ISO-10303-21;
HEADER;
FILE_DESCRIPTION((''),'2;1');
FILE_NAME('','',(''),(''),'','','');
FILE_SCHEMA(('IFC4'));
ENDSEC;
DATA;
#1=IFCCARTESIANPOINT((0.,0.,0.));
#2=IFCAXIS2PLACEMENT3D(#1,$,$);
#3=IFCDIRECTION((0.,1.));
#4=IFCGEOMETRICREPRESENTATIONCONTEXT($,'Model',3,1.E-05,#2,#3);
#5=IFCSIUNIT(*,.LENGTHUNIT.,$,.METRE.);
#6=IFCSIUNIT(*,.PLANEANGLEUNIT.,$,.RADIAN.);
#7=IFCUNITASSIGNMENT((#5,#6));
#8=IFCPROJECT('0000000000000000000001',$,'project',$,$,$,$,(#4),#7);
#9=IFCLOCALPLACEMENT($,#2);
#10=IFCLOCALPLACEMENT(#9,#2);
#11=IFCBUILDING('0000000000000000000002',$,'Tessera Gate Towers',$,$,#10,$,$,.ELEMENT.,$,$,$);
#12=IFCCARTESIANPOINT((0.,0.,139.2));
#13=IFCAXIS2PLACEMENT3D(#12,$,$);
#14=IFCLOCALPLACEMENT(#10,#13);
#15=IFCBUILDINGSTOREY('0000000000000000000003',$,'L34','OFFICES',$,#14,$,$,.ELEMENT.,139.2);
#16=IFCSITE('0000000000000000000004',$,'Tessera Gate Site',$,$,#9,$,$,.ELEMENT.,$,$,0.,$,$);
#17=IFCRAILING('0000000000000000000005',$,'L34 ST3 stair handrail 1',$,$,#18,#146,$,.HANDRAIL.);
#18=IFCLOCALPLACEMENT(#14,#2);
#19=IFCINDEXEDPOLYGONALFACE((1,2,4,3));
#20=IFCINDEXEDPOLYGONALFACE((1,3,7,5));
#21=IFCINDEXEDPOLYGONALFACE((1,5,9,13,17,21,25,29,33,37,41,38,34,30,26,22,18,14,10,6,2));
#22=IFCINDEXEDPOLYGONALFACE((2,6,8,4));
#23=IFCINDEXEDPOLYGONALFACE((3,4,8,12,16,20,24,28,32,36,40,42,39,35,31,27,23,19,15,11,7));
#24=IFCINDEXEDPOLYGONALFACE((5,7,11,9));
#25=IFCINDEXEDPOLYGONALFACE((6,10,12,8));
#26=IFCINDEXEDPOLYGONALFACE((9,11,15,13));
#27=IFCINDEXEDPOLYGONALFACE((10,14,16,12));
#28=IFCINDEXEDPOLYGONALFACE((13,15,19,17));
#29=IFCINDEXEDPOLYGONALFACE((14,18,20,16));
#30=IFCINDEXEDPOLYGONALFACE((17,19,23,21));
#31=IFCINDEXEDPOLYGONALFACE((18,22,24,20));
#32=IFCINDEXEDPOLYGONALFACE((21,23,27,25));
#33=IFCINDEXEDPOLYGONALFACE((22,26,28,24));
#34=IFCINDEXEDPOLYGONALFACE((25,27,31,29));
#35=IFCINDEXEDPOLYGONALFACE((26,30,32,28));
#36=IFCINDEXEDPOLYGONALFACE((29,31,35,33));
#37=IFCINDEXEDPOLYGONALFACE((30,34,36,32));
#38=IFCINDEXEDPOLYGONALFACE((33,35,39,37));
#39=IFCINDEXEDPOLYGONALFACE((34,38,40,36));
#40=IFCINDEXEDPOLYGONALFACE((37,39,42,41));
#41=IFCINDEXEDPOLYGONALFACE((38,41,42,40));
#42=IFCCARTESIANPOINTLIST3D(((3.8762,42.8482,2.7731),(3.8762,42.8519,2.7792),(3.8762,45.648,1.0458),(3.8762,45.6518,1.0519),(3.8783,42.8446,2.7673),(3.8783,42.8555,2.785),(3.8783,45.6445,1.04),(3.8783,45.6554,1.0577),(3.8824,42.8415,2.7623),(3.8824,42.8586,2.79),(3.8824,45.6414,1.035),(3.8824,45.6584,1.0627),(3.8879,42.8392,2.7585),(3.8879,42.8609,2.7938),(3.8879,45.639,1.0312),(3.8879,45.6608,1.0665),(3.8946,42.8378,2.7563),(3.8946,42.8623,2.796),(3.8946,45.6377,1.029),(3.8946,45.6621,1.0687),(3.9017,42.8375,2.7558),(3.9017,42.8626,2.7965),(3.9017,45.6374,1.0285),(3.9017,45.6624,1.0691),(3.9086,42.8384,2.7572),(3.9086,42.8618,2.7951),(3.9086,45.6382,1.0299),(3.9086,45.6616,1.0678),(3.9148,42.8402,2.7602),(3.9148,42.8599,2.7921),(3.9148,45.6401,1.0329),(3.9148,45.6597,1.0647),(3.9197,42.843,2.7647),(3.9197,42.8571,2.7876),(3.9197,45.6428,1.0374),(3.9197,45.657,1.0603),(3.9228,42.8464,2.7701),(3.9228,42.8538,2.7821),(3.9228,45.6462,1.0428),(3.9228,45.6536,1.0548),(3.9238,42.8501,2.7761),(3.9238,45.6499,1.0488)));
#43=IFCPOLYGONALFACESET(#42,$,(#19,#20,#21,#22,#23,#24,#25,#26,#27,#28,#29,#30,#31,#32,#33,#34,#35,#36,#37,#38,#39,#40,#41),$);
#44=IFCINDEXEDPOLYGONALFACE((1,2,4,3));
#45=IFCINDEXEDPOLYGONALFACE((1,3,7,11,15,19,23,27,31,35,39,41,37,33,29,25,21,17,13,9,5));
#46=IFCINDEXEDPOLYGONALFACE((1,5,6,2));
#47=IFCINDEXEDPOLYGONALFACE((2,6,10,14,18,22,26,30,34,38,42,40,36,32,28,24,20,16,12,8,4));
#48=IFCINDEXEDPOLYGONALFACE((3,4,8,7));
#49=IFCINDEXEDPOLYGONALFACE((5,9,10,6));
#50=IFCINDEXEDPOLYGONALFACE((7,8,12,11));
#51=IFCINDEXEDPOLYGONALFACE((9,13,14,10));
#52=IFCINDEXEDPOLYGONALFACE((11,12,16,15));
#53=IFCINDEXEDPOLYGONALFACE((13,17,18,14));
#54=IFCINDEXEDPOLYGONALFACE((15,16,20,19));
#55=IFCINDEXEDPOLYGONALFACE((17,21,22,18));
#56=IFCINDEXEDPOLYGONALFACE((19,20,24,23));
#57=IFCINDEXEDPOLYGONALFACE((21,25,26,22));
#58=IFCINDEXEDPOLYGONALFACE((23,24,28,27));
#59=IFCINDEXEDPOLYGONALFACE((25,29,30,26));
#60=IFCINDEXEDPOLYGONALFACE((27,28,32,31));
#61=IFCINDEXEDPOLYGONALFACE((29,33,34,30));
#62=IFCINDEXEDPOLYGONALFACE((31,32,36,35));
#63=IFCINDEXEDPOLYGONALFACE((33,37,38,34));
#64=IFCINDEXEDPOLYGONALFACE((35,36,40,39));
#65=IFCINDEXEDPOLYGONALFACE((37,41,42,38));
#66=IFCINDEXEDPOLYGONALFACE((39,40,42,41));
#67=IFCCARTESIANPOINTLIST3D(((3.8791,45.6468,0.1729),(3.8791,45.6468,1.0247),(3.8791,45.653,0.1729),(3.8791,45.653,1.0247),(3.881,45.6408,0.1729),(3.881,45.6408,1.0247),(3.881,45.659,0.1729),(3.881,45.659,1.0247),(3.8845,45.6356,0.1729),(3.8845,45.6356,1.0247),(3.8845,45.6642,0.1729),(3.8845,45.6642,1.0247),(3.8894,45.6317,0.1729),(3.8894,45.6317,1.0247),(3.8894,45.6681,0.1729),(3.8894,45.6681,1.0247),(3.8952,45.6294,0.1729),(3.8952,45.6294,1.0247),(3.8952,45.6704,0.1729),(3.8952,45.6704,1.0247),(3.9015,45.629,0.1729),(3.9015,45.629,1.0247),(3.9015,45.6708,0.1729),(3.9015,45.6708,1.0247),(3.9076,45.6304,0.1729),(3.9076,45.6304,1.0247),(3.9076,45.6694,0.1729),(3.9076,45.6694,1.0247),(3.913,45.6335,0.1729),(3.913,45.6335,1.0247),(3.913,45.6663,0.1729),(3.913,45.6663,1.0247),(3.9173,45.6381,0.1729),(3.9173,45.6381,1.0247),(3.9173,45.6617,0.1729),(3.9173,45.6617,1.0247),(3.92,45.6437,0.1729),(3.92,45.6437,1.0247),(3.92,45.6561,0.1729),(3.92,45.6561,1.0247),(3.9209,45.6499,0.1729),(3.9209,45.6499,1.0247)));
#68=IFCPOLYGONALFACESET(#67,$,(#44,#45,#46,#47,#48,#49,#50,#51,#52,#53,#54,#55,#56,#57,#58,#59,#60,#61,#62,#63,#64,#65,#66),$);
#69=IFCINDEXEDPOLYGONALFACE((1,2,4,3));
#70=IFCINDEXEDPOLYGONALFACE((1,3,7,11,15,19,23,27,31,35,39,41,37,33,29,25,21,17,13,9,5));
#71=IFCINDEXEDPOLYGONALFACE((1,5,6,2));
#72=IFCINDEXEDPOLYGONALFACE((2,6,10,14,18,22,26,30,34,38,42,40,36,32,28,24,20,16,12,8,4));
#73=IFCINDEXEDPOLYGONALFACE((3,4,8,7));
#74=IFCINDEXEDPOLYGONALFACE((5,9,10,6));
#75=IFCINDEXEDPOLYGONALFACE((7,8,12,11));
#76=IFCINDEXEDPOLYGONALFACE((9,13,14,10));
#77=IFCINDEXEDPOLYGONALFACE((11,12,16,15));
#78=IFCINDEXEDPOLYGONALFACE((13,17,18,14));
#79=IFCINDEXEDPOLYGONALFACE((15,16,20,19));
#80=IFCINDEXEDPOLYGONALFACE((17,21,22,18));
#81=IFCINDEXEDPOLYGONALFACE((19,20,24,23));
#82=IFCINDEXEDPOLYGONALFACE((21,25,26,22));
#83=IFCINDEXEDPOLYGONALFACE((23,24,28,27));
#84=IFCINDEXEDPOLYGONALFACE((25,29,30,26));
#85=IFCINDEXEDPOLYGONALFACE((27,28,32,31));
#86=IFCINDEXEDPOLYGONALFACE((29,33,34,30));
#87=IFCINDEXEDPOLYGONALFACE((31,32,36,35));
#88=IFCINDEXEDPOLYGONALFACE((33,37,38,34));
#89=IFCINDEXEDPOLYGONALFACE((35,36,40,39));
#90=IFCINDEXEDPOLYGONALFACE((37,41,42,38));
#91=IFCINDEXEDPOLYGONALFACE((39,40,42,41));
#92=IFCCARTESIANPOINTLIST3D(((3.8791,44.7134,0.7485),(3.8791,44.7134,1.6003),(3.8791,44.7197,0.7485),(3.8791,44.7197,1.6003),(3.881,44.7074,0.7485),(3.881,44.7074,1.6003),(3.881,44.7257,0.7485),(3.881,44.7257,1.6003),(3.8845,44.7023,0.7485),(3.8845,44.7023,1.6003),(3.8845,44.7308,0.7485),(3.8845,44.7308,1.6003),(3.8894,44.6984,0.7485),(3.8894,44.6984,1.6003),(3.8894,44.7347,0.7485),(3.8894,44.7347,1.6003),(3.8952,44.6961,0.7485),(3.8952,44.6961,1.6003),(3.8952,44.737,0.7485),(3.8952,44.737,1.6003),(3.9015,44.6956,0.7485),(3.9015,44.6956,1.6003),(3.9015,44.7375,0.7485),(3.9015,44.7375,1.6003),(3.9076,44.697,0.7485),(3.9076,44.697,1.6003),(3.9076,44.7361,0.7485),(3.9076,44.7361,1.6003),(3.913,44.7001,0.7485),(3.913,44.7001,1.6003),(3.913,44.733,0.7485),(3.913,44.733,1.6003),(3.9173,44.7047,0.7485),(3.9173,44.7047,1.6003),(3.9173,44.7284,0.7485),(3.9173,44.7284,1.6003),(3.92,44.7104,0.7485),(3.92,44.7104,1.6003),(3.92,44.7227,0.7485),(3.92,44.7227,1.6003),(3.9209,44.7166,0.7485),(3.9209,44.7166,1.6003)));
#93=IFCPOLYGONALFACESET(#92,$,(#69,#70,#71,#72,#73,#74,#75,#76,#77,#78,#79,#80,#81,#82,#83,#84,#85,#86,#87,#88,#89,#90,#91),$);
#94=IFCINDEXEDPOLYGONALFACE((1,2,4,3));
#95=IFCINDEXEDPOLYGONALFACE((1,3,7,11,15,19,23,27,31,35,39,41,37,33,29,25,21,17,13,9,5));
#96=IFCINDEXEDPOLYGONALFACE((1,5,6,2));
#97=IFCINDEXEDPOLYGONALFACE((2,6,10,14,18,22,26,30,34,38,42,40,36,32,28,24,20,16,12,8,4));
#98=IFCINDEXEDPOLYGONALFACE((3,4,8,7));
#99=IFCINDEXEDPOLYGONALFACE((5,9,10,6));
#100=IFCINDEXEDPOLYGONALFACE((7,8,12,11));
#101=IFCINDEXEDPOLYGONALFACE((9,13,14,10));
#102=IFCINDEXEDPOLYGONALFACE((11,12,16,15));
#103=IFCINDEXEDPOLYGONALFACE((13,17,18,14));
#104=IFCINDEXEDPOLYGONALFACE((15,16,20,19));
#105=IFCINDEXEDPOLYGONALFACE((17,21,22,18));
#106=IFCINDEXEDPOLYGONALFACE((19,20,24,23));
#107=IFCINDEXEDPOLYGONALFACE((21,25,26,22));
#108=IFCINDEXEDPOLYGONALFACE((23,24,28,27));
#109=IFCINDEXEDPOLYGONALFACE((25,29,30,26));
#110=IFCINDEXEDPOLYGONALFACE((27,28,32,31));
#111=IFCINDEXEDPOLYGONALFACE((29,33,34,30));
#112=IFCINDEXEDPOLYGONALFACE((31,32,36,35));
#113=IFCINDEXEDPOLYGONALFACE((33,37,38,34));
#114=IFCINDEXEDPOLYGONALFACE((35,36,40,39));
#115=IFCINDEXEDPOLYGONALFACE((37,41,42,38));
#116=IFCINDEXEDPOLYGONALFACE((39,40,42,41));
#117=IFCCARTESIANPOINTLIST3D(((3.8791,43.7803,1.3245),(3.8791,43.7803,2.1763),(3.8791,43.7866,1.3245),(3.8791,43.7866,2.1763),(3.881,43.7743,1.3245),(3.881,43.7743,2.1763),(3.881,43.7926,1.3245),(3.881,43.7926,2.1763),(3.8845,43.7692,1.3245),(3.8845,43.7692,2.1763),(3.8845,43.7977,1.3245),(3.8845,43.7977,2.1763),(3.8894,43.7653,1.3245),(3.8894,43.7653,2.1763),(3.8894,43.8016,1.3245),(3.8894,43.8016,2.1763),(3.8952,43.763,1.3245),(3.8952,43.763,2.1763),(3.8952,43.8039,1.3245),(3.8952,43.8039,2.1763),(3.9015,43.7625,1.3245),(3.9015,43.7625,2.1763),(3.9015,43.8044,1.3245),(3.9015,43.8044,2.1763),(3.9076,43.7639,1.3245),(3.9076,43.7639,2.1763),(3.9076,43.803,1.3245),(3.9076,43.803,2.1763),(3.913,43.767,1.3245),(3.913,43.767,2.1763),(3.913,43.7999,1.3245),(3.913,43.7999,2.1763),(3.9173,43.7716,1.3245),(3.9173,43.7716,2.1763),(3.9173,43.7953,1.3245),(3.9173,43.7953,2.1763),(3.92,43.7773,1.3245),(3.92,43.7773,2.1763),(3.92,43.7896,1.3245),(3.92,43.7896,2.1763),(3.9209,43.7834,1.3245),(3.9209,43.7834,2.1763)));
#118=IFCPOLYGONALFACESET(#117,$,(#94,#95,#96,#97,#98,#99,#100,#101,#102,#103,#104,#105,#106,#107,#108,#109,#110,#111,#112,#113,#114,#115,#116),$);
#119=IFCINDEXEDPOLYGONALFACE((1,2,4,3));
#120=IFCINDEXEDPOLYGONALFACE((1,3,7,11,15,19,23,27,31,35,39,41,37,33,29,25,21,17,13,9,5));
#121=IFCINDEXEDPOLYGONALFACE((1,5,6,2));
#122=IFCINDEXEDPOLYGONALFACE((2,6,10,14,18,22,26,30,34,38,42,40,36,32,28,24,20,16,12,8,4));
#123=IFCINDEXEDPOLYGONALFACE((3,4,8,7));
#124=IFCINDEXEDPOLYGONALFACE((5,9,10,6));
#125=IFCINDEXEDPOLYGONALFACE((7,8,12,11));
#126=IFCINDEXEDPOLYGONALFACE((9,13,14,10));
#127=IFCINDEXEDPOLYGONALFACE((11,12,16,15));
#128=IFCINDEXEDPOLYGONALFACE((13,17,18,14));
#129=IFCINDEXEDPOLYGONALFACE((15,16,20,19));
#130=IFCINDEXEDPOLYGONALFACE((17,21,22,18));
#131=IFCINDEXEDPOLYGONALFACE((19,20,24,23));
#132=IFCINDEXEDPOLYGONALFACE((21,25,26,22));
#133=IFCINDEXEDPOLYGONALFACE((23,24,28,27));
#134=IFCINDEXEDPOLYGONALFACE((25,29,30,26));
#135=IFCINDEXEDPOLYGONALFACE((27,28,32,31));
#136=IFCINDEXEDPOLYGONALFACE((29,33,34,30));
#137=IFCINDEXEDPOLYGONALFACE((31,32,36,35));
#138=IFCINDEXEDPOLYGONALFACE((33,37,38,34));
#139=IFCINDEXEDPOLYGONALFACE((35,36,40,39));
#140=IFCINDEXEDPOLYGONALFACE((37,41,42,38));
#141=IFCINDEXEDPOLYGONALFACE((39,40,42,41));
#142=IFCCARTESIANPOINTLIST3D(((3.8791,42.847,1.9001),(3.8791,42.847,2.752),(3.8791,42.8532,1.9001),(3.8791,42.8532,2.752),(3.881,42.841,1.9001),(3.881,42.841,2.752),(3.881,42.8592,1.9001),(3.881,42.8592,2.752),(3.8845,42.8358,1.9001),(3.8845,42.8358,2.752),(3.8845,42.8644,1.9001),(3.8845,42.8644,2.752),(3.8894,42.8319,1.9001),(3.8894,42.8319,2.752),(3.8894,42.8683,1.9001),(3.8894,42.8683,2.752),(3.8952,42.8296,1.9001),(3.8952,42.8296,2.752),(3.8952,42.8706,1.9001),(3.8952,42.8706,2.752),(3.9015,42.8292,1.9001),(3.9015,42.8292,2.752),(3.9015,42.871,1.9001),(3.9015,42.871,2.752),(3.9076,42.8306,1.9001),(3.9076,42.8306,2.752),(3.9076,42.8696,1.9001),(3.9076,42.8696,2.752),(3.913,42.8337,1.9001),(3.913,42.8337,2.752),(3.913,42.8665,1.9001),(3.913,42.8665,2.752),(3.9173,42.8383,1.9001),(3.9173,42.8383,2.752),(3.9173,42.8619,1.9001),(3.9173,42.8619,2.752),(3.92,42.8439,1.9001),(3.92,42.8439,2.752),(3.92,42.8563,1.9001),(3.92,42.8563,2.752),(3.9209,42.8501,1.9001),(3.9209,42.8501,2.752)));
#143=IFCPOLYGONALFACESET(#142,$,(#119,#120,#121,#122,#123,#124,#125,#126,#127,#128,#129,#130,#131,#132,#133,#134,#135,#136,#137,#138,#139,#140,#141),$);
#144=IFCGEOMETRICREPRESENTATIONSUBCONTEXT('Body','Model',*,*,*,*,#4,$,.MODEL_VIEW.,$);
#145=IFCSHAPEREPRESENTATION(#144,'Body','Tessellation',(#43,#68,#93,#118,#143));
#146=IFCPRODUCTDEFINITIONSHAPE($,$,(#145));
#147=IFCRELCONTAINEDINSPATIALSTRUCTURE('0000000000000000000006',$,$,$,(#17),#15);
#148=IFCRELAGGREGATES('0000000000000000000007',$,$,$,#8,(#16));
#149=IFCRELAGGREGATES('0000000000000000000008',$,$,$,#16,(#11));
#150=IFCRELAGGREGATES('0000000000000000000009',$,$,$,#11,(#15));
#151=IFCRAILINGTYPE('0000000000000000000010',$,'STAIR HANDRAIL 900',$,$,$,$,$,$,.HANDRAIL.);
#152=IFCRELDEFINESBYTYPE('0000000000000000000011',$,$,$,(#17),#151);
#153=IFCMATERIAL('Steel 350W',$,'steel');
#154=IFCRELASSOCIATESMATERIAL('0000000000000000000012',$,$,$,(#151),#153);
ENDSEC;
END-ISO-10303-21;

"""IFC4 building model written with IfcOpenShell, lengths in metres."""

from ifc_helpers import new_model, si_unit, direction, frame, origin, origin_2d, place, context, subcontext, project, spatial, circle, extrude, material, type_object, element, save


model = new_model("IFC4")

# Units and contexts
model_context = context("Model", 3, precision=1e-05, world=origin(), true_north=direction((0.0, 1.0)))
body_context = subcontext(model_context, "Body", "Model", "MODEL_VIEW")
ifc_project = project(units=[si_unit("LENGTHUNIT", "METRE"), si_unit("PLANEANGLEUNIT", "RADIAN")], contexts=[model_context])

# Site, building, storey
site_placement = place(None, origin())
site = spatial("IfcSite", under=ifc_project, at=site_placement, Name="Tessera Gate Site", CompositionType="ELEMENT", RefElevation=0.0)
building_placement = place(site_placement, origin())
building = spatial("IfcBuilding", under=site, at=building_placement, Name="Tessera Gate Towers", CompositionType="ELEMENT")
storey_placement = place(building_placement, frame((0.0, 0.0, 139.2)))
storey = spatial("IfcBuildingStorey", under=building, at=storey_placement, Name="L34", Description="OFFICES", CompositionType="ELEMENT", Elevation=139.2)

# Railing
ifc_material_1 = material(Name="Steel 350W", Category="steel")
railing_type_1 = type_object("IfcRailingType", Name="STAIR HANDRAIL 900", PredefinedType="HANDRAIL", material=ifc_material_1)
railing_1_placement = place(storey_placement, frame((3.8999, 45.6499, 0.1729)))
element("IfcRailing", 1, at=railing_1_placement, inside=storey, type_object=railing_type_1, Name="L34 ST3 stair handrail 1", PredefinedType="HANDRAIL", context=body_context, shape_type="SweptSolid", body=[
    extrude(circle(Radius=0.0239, at=origin_2d()), frame((0.0, 0.0, 0.876), z_axis=(0.0, -0.851069, 0.525054), x_axis=(1.0, 0.0, 0.0)), (0.0, 0.0, 1.0), 3.2898),
    extrude(circle(Radius=0.021, at=origin_2d()), origin(), (0.0, 0.0, 1.0), 0.8518),
    extrude(circle(Radius=0.021, at=origin_2d()), frame((0.0, -0.9333, 0.5757)), (0.0, 0.0, 1.0), 0.8518),
    extrude(circle(Radius=0.021, at=origin_2d()), frame((0.0, -1.8665, 1.1516)), (0.0, 0.0, 1.0), 0.8518),
    extrude(circle(Radius=0.021, at=origin_2d()), frame((0.0, -2.7998, 1.7273)), (0.0, 0.0, 1.0), 0.8518),
])

save(model, "model.ifc")
